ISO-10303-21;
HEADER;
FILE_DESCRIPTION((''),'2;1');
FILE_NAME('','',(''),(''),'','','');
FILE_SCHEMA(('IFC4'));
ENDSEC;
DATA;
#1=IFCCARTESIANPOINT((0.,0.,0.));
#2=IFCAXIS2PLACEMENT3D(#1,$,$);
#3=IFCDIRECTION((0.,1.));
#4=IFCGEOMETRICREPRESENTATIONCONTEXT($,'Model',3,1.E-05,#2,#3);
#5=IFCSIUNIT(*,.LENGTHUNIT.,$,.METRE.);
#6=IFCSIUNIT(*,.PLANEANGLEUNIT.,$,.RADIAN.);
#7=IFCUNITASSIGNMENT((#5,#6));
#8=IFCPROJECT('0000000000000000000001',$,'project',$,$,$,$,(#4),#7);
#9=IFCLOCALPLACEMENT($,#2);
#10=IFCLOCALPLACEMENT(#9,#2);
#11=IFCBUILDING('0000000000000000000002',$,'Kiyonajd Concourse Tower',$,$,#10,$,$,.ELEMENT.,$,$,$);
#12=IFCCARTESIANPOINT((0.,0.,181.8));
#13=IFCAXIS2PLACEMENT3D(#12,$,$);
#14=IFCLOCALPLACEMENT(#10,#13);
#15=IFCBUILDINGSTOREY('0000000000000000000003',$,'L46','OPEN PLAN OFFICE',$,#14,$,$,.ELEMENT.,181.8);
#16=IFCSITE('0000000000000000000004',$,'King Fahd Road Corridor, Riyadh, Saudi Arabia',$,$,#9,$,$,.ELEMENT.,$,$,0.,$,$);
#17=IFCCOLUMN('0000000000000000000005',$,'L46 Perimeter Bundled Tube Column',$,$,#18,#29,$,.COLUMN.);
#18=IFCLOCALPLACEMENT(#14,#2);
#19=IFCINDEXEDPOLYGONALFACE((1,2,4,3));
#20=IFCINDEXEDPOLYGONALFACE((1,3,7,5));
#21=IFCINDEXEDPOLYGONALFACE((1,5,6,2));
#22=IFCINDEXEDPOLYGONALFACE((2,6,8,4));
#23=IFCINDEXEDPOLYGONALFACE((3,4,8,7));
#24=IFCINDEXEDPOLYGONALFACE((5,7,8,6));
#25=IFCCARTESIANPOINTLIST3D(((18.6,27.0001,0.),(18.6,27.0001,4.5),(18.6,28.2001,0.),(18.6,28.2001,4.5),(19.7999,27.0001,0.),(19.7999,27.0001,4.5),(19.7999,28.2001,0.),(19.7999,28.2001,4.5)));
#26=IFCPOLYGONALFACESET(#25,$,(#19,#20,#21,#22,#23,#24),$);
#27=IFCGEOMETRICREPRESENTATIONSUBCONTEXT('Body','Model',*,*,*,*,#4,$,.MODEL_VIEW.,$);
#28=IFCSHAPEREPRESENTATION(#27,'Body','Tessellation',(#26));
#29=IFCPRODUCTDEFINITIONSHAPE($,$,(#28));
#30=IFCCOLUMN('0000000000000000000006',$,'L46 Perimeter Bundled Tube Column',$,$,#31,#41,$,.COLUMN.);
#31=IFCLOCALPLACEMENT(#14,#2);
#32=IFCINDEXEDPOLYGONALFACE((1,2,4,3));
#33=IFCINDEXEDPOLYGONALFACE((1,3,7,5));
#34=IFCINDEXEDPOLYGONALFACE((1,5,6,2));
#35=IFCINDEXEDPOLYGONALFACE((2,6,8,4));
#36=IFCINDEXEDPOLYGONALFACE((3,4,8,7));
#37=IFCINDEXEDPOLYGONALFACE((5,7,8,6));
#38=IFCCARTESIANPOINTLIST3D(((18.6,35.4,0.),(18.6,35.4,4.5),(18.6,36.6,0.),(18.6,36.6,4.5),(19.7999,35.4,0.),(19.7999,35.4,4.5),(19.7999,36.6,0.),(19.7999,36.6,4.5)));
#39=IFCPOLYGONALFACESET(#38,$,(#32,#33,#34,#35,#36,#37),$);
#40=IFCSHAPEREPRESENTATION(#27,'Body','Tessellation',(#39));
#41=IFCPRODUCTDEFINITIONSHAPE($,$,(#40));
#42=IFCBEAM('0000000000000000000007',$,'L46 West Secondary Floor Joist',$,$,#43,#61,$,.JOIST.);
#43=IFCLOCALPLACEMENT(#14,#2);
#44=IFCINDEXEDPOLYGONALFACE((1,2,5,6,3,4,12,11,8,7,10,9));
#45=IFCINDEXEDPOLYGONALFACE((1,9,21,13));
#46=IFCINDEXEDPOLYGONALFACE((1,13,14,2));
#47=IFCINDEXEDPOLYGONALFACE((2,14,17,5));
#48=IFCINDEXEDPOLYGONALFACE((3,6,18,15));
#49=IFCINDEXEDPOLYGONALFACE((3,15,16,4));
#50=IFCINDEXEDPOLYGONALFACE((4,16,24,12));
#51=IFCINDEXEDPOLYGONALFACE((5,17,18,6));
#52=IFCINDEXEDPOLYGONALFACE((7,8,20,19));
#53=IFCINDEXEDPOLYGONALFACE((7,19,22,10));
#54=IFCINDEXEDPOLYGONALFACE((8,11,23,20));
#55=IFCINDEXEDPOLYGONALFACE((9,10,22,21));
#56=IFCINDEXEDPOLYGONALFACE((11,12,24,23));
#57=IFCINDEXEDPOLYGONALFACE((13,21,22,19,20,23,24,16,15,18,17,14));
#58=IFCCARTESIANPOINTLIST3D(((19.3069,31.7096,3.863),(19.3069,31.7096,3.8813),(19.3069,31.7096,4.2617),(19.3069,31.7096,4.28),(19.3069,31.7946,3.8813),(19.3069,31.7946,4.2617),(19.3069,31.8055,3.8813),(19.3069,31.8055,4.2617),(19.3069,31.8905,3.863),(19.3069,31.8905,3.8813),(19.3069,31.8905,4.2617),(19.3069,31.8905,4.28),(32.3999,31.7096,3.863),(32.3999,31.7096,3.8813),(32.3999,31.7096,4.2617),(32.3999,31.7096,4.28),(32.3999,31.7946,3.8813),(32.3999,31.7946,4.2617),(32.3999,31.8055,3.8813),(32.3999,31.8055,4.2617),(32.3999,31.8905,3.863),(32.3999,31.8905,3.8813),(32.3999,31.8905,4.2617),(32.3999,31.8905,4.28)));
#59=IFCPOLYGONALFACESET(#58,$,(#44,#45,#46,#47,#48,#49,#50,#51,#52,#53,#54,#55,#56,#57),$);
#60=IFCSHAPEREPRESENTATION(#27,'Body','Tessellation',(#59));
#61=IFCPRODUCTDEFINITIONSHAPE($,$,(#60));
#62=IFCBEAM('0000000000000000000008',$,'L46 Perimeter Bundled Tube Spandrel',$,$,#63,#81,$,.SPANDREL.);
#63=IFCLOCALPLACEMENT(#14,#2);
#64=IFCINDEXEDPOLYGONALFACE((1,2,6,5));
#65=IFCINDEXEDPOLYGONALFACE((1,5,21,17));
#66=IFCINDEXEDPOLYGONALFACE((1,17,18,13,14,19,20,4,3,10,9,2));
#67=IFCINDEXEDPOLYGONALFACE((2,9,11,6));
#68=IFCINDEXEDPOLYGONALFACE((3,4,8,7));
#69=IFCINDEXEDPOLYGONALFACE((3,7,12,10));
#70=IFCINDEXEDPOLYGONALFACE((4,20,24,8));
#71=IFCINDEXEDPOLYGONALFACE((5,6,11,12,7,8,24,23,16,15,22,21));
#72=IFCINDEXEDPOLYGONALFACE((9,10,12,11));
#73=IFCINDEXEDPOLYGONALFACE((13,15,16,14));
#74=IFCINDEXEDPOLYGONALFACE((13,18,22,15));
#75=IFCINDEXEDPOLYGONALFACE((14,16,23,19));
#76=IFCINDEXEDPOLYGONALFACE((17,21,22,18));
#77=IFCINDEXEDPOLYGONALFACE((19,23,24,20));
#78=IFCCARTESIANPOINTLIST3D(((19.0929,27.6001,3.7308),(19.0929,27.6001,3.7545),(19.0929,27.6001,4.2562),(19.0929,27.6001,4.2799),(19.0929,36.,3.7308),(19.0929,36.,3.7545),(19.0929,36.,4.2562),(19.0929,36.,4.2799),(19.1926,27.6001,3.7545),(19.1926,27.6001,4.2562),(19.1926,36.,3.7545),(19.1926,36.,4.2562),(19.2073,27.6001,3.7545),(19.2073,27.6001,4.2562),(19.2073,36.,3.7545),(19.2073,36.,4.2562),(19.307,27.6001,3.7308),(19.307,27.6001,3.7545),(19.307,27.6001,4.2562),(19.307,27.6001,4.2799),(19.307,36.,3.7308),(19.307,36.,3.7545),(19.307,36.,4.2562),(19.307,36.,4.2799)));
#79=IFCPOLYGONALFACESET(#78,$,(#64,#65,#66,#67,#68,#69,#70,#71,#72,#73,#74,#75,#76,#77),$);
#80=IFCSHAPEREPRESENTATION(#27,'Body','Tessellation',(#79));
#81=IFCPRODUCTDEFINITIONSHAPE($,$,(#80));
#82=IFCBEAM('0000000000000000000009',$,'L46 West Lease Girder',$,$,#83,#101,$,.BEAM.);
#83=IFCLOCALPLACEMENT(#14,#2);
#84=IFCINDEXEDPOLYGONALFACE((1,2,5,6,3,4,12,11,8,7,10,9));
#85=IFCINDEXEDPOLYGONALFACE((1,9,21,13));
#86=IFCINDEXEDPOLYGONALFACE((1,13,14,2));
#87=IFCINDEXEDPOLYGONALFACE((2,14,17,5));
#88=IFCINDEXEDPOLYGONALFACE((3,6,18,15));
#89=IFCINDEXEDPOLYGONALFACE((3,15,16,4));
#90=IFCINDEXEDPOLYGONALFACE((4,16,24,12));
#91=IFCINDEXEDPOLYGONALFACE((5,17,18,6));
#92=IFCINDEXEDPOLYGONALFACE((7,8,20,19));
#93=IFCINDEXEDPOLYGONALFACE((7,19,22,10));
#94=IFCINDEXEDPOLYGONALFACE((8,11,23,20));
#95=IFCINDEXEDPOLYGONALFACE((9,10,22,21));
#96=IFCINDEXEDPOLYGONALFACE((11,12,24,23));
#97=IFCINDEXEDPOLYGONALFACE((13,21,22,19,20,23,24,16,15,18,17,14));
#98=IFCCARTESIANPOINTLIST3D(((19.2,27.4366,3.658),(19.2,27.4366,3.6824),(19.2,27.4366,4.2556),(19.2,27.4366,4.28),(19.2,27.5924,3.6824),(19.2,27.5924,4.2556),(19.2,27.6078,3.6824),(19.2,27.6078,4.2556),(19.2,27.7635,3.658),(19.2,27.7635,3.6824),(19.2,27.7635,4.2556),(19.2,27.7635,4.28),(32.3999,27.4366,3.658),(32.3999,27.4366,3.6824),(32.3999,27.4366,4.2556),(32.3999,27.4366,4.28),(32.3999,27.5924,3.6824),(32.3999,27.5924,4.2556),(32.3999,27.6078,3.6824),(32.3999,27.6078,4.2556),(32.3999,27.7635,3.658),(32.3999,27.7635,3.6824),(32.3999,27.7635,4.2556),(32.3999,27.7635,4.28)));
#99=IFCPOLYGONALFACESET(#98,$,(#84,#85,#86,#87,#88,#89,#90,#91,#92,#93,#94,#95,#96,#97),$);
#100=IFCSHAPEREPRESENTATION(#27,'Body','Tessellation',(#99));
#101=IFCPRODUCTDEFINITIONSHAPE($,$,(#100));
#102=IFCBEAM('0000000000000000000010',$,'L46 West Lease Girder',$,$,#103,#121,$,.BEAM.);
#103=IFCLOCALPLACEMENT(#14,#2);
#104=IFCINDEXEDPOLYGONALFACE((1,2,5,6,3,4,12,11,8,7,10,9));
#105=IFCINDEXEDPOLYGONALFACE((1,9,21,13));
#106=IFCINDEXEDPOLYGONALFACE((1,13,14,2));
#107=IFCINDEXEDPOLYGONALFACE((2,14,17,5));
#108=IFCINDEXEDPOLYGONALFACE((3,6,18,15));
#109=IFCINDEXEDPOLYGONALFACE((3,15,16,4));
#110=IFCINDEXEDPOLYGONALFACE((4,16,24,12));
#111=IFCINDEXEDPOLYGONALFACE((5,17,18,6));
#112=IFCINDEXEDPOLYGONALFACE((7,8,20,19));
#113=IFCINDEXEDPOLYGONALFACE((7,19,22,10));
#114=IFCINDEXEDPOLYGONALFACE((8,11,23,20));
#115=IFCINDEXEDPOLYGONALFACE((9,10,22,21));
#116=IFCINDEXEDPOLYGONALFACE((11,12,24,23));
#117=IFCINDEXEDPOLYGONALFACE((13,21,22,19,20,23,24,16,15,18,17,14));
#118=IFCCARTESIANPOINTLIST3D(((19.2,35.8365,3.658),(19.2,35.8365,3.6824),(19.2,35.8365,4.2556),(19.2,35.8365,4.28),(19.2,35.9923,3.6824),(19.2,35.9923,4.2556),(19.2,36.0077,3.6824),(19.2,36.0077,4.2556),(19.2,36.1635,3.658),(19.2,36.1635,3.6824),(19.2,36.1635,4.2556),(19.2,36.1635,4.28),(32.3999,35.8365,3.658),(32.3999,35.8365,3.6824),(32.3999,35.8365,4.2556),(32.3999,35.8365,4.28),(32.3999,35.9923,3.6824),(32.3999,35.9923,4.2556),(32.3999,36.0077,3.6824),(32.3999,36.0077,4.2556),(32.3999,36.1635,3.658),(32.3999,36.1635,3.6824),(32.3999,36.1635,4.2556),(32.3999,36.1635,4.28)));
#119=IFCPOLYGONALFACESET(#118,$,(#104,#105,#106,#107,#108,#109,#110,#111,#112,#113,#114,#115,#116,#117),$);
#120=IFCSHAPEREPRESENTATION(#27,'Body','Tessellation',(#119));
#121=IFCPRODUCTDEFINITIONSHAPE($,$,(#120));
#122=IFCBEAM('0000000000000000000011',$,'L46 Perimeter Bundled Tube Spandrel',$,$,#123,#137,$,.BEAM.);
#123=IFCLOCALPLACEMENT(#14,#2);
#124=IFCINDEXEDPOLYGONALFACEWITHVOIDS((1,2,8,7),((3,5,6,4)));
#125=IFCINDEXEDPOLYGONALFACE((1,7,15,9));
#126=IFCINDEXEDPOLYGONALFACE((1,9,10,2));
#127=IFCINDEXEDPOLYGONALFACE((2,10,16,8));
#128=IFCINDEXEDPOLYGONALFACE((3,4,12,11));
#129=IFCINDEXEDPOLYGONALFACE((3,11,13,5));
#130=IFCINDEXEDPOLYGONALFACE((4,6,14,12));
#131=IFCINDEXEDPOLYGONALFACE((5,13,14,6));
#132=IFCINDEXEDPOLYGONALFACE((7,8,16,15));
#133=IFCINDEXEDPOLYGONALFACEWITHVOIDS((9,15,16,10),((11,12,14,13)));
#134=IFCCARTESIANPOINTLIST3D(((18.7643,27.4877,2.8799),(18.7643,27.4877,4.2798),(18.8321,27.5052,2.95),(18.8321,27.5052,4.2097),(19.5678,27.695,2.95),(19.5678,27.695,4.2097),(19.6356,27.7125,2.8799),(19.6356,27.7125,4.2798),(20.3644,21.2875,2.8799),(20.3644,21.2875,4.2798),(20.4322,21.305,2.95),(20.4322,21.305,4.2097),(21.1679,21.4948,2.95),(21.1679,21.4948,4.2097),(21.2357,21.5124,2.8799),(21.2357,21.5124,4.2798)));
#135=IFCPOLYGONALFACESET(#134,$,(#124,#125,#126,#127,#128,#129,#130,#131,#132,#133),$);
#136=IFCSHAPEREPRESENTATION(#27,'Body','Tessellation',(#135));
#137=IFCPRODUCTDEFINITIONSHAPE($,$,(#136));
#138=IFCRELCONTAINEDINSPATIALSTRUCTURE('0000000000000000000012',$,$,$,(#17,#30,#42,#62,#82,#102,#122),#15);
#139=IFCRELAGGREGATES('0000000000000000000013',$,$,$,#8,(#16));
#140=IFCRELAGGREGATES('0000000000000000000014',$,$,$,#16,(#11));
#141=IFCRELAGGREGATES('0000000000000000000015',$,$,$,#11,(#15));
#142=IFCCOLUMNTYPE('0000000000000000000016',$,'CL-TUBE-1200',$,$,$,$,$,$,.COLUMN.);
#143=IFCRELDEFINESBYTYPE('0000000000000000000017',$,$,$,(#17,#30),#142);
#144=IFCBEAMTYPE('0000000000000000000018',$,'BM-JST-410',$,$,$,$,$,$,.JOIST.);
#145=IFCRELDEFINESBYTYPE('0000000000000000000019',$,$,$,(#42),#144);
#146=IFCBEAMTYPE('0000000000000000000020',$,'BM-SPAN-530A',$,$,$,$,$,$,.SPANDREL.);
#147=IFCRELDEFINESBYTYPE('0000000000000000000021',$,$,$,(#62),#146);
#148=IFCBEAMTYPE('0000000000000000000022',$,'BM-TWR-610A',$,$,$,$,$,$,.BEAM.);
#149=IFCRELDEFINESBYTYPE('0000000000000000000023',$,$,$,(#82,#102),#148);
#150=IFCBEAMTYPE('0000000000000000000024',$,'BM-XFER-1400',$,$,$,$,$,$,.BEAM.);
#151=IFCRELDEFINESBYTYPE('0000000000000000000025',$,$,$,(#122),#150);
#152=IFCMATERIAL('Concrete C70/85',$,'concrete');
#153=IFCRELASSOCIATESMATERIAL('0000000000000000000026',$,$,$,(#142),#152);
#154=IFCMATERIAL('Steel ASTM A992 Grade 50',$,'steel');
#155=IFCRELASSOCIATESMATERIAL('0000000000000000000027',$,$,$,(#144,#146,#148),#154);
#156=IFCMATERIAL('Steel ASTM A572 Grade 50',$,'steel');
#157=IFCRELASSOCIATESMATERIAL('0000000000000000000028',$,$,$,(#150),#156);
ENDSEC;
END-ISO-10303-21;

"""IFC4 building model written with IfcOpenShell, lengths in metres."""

from ifc_helpers import new_model, si_unit, direction, frame, origin, origin_2d, place, context, subcontext, project, spatial, rectangle, hollow_rectangle, i_section, extrude, material, material_profile, profile_set, type_object, element, save


model = new_model("IFC4")

# Units and contexts
model_context = context("Model", 3, precision=1e-05, world=origin(), true_north=direction((0.0, 1.0)))
body_context = subcontext(model_context, "Body", "Model", "MODEL_VIEW")
ifc_project = project(units=[si_unit("LENGTHUNIT", "METRE"), si_unit("PLANEANGLEUNIT", "RADIAN")], contexts=[model_context])

# Site, building, storey
site_placement = place(None, origin())
site = spatial("IfcSite", under=ifc_project, at=site_placement, Name="King Fahd Road Corridor, Riyadh, Saudi Arabia", CompositionType="ELEMENT", RefElevation=0.0)
building_placement = place(site_placement, origin())
building = spatial("IfcBuilding", under=site, at=building_placement, Name="Kiyonajd Concourse Tower", CompositionType="ELEMENT")
storey_placement = place(building_placement, frame((0.0, 0.0, 181.8)))
storey = spatial("IfcBuildingStorey", under=building, at=storey_placement, Name="L46", Description="OPEN PLAN OFFICE", CompositionType="ELEMENT", Elevation=181.8)

# Columns
ifc_material_1 = material(Name="Concrete C70/85", Category="concrete")
ifc_material_profile_1 = material_profile(ifc_material_1, rectangle(XDim=1.2, YDim=1.2, at=origin_2d()), Name="RC-1200x1200")
ifc_profile_set_1 = profile_set([ifc_material_profile_1], Name="Concrete C70/85")
column_type = type_object("IfcColumnType", Name="CL-TUBE-1200", PredefinedType="COLUMN", material=ifc_profile_set_1)
for number, where, z_axis, x_axis, name in (
    (1, (19.2, 27.6001, 0.0), (0.0, 0.0, 1.0), (1.0, 0.0, 0.0), "L46 Perimeter Bundled Tube Column"),
    (2, (19.2, 36.0, 0.0), (0.0, 0.0, 1.0), (1.0, 0.0, 0.0), "L46 Perimeter Bundled Tube Column"),
):
    element("IfcColumn", number, at=place(storey_placement, frame(where, z_axis=z_axis, x_axis=x_axis)), inside=storey, type_object=column_type, Name=name, PredefinedType="COLUMN", context=body_context, shape_type="SweptSolid", body=[
        extrude(rectangle(XDim=1.2, YDim=1.2, at=origin_2d()), origin(), (0.0, 0.0, 1.0), 4.5),
    ])

# Beams
ifc_material_2 = material(Name="Steel ASTM A992 Grade 50", Category="steel")
ifc_material_profile_2 = material_profile(ifc_material_2, i_section(OverallWidth=0.1809, OverallDepth=0.417, WebThickness=0.011, FlangeThickness=0.0183, at=origin_2d()), Name="W410X85")
ifc_profile_set_2 = profile_set([ifc_material_profile_2], Name="Steel ASTM A992 Grade 50")
beam_type_1 = type_object("IfcBeamType", Name="BM-JST-410", PredefinedType="JOIST", material=ifc_profile_set_2)
beam_1_placement = place(storey_placement, frame((19.3069, 31.8, 4.0715), z_axis=(1.0, 0.0, 0.0), x_axis=(0.0, 1.0, 0.0)))
element("IfcBeam", 3, at=beam_1_placement, inside=storey, type_object=beam_type_1, Name="L46 West Secondary Floor Joist", PredefinedType="JOIST", context=body_context, shape_type="SweptSolid", body=[
    extrude(i_section(OverallWidth=0.1809, OverallDepth=0.417, WebThickness=0.011, FlangeThickness=0.0183, at=origin_2d()), origin(), (0.0, 0.0, 1.0), 13.093),
])
ifc_material_profile_3 = material_profile(ifc_material_2, i_section(OverallWidth=0.2141, OverallDepth=0.5491, WebThickness=0.0146, FlangeThickness=0.0237, at=origin_2d()), Name="W530X138")
ifc_profile_set_3 = profile_set([ifc_material_profile_3], Name="Steel ASTM A992 Grade 50")
beam_type_2 = type_object("IfcBeamType", Name="BM-SPAN-530A", PredefinedType="SPANDREL", material=ifc_profile_set_3)
beam_2_placement = place(storey_placement, frame((19.2, 36.0, 4.0054), z_axis=(0.0, -1.0, 0.0), x_axis=(1.0, 0.0, 0.0)))
element("IfcBeam", 4, at=beam_2_placement, inside=storey, type_object=beam_type_2, Name="L46 Perimeter Bundled Tube Spandrel", PredefinedType="SPANDREL", context=body_context, shape_type="SweptSolid", body=[
    extrude(i_section(OverallWidth=0.2141, OverallDepth=0.5491, WebThickness=0.0146, FlangeThickness=0.0237, at=origin_2d()), origin(), (0.0, 0.0, 1.0), 8.3999),
])
ifc_material_profile_4 = material_profile(ifc_material_2, i_section(OverallWidth=0.3269, OverallDepth=0.6221, WebThickness=0.0154, FlangeThickness=0.0244, at=origin_2d()), Name="W610X195")
ifc_profile_set_4 = profile_set([ifc_material_profile_4], Name="Steel ASTM A992 Grade 50")
beam_type_3 = type_object("IfcBeamType", Name="BM-TWR-610A", PredefinedType="BEAM", material=ifc_profile_set_4)
for number, where, z_axis, x_axis, name in (
    (5, (19.2, 27.6001, 3.969), (1.0, 0.0, 0.0), (0.0, 1.0, 0.0), "L46 West Lease Girder"),
    (6, (19.2, 36.0, 3.969), (1.0, 0.0, 0.0), (0.0, 1.0, 0.0), "L46 West Lease Girder"),
):
    element("IfcBeam", number, at=place(storey_placement, frame(where, z_axis=z_axis, x_axis=x_axis)), inside=storey, type_object=beam_type_3, Name=name, PredefinedType="BEAM", context=body_context, shape_type="SweptSolid", body=[
        extrude(i_section(OverallWidth=0.3269, OverallDepth=0.6221, WebThickness=0.0154, FlangeThickness=0.0244, at=origin_2d()), origin(), (0.0, 0.0, 1.0), 13.2),
    ])
ifc_material_3 = material(Name="Steel ASTM A572 Grade 50", Category="steel")
ifc_material_profile_5 = material_profile(ifc_material_3, hollow_rectangle(XDim=0.8999, YDim=1.3999, WallThickness=0.0701, at=origin_2d()), Name="BOX-1400x900x70")
ifc_profile_set_5 = profile_set([ifc_material_profile_5], Name="Steel ASTM A572 Grade 50")
beam_type_4 = type_object("IfcBeamType", Name="BM-XFER-1400", PredefinedType="BEAM", material=ifc_profile_set_5)
beam_3_placement = place(storey_placement, frame((19.2, 27.6001, 3.5798), z_axis=(0.249885, -0.968276, 0.0), x_axis=(0.968276, 0.249885, 0.0)))
element("IfcBeam", 7, at=beam_3_placement, inside=storey, type_object=beam_type_4, Name="L46 Perimeter Bundled Tube Spandrel", PredefinedType="BEAM", context=body_context, shape_type="SweptSolid", body=[
    extrude(hollow_rectangle(XDim=0.8999, YDim=1.3999, WallThickness=0.0701, at=origin_2d()), origin(), (0.0, 0.0, 1.0), 6.4033),
])

save(model, "model.ifc")
